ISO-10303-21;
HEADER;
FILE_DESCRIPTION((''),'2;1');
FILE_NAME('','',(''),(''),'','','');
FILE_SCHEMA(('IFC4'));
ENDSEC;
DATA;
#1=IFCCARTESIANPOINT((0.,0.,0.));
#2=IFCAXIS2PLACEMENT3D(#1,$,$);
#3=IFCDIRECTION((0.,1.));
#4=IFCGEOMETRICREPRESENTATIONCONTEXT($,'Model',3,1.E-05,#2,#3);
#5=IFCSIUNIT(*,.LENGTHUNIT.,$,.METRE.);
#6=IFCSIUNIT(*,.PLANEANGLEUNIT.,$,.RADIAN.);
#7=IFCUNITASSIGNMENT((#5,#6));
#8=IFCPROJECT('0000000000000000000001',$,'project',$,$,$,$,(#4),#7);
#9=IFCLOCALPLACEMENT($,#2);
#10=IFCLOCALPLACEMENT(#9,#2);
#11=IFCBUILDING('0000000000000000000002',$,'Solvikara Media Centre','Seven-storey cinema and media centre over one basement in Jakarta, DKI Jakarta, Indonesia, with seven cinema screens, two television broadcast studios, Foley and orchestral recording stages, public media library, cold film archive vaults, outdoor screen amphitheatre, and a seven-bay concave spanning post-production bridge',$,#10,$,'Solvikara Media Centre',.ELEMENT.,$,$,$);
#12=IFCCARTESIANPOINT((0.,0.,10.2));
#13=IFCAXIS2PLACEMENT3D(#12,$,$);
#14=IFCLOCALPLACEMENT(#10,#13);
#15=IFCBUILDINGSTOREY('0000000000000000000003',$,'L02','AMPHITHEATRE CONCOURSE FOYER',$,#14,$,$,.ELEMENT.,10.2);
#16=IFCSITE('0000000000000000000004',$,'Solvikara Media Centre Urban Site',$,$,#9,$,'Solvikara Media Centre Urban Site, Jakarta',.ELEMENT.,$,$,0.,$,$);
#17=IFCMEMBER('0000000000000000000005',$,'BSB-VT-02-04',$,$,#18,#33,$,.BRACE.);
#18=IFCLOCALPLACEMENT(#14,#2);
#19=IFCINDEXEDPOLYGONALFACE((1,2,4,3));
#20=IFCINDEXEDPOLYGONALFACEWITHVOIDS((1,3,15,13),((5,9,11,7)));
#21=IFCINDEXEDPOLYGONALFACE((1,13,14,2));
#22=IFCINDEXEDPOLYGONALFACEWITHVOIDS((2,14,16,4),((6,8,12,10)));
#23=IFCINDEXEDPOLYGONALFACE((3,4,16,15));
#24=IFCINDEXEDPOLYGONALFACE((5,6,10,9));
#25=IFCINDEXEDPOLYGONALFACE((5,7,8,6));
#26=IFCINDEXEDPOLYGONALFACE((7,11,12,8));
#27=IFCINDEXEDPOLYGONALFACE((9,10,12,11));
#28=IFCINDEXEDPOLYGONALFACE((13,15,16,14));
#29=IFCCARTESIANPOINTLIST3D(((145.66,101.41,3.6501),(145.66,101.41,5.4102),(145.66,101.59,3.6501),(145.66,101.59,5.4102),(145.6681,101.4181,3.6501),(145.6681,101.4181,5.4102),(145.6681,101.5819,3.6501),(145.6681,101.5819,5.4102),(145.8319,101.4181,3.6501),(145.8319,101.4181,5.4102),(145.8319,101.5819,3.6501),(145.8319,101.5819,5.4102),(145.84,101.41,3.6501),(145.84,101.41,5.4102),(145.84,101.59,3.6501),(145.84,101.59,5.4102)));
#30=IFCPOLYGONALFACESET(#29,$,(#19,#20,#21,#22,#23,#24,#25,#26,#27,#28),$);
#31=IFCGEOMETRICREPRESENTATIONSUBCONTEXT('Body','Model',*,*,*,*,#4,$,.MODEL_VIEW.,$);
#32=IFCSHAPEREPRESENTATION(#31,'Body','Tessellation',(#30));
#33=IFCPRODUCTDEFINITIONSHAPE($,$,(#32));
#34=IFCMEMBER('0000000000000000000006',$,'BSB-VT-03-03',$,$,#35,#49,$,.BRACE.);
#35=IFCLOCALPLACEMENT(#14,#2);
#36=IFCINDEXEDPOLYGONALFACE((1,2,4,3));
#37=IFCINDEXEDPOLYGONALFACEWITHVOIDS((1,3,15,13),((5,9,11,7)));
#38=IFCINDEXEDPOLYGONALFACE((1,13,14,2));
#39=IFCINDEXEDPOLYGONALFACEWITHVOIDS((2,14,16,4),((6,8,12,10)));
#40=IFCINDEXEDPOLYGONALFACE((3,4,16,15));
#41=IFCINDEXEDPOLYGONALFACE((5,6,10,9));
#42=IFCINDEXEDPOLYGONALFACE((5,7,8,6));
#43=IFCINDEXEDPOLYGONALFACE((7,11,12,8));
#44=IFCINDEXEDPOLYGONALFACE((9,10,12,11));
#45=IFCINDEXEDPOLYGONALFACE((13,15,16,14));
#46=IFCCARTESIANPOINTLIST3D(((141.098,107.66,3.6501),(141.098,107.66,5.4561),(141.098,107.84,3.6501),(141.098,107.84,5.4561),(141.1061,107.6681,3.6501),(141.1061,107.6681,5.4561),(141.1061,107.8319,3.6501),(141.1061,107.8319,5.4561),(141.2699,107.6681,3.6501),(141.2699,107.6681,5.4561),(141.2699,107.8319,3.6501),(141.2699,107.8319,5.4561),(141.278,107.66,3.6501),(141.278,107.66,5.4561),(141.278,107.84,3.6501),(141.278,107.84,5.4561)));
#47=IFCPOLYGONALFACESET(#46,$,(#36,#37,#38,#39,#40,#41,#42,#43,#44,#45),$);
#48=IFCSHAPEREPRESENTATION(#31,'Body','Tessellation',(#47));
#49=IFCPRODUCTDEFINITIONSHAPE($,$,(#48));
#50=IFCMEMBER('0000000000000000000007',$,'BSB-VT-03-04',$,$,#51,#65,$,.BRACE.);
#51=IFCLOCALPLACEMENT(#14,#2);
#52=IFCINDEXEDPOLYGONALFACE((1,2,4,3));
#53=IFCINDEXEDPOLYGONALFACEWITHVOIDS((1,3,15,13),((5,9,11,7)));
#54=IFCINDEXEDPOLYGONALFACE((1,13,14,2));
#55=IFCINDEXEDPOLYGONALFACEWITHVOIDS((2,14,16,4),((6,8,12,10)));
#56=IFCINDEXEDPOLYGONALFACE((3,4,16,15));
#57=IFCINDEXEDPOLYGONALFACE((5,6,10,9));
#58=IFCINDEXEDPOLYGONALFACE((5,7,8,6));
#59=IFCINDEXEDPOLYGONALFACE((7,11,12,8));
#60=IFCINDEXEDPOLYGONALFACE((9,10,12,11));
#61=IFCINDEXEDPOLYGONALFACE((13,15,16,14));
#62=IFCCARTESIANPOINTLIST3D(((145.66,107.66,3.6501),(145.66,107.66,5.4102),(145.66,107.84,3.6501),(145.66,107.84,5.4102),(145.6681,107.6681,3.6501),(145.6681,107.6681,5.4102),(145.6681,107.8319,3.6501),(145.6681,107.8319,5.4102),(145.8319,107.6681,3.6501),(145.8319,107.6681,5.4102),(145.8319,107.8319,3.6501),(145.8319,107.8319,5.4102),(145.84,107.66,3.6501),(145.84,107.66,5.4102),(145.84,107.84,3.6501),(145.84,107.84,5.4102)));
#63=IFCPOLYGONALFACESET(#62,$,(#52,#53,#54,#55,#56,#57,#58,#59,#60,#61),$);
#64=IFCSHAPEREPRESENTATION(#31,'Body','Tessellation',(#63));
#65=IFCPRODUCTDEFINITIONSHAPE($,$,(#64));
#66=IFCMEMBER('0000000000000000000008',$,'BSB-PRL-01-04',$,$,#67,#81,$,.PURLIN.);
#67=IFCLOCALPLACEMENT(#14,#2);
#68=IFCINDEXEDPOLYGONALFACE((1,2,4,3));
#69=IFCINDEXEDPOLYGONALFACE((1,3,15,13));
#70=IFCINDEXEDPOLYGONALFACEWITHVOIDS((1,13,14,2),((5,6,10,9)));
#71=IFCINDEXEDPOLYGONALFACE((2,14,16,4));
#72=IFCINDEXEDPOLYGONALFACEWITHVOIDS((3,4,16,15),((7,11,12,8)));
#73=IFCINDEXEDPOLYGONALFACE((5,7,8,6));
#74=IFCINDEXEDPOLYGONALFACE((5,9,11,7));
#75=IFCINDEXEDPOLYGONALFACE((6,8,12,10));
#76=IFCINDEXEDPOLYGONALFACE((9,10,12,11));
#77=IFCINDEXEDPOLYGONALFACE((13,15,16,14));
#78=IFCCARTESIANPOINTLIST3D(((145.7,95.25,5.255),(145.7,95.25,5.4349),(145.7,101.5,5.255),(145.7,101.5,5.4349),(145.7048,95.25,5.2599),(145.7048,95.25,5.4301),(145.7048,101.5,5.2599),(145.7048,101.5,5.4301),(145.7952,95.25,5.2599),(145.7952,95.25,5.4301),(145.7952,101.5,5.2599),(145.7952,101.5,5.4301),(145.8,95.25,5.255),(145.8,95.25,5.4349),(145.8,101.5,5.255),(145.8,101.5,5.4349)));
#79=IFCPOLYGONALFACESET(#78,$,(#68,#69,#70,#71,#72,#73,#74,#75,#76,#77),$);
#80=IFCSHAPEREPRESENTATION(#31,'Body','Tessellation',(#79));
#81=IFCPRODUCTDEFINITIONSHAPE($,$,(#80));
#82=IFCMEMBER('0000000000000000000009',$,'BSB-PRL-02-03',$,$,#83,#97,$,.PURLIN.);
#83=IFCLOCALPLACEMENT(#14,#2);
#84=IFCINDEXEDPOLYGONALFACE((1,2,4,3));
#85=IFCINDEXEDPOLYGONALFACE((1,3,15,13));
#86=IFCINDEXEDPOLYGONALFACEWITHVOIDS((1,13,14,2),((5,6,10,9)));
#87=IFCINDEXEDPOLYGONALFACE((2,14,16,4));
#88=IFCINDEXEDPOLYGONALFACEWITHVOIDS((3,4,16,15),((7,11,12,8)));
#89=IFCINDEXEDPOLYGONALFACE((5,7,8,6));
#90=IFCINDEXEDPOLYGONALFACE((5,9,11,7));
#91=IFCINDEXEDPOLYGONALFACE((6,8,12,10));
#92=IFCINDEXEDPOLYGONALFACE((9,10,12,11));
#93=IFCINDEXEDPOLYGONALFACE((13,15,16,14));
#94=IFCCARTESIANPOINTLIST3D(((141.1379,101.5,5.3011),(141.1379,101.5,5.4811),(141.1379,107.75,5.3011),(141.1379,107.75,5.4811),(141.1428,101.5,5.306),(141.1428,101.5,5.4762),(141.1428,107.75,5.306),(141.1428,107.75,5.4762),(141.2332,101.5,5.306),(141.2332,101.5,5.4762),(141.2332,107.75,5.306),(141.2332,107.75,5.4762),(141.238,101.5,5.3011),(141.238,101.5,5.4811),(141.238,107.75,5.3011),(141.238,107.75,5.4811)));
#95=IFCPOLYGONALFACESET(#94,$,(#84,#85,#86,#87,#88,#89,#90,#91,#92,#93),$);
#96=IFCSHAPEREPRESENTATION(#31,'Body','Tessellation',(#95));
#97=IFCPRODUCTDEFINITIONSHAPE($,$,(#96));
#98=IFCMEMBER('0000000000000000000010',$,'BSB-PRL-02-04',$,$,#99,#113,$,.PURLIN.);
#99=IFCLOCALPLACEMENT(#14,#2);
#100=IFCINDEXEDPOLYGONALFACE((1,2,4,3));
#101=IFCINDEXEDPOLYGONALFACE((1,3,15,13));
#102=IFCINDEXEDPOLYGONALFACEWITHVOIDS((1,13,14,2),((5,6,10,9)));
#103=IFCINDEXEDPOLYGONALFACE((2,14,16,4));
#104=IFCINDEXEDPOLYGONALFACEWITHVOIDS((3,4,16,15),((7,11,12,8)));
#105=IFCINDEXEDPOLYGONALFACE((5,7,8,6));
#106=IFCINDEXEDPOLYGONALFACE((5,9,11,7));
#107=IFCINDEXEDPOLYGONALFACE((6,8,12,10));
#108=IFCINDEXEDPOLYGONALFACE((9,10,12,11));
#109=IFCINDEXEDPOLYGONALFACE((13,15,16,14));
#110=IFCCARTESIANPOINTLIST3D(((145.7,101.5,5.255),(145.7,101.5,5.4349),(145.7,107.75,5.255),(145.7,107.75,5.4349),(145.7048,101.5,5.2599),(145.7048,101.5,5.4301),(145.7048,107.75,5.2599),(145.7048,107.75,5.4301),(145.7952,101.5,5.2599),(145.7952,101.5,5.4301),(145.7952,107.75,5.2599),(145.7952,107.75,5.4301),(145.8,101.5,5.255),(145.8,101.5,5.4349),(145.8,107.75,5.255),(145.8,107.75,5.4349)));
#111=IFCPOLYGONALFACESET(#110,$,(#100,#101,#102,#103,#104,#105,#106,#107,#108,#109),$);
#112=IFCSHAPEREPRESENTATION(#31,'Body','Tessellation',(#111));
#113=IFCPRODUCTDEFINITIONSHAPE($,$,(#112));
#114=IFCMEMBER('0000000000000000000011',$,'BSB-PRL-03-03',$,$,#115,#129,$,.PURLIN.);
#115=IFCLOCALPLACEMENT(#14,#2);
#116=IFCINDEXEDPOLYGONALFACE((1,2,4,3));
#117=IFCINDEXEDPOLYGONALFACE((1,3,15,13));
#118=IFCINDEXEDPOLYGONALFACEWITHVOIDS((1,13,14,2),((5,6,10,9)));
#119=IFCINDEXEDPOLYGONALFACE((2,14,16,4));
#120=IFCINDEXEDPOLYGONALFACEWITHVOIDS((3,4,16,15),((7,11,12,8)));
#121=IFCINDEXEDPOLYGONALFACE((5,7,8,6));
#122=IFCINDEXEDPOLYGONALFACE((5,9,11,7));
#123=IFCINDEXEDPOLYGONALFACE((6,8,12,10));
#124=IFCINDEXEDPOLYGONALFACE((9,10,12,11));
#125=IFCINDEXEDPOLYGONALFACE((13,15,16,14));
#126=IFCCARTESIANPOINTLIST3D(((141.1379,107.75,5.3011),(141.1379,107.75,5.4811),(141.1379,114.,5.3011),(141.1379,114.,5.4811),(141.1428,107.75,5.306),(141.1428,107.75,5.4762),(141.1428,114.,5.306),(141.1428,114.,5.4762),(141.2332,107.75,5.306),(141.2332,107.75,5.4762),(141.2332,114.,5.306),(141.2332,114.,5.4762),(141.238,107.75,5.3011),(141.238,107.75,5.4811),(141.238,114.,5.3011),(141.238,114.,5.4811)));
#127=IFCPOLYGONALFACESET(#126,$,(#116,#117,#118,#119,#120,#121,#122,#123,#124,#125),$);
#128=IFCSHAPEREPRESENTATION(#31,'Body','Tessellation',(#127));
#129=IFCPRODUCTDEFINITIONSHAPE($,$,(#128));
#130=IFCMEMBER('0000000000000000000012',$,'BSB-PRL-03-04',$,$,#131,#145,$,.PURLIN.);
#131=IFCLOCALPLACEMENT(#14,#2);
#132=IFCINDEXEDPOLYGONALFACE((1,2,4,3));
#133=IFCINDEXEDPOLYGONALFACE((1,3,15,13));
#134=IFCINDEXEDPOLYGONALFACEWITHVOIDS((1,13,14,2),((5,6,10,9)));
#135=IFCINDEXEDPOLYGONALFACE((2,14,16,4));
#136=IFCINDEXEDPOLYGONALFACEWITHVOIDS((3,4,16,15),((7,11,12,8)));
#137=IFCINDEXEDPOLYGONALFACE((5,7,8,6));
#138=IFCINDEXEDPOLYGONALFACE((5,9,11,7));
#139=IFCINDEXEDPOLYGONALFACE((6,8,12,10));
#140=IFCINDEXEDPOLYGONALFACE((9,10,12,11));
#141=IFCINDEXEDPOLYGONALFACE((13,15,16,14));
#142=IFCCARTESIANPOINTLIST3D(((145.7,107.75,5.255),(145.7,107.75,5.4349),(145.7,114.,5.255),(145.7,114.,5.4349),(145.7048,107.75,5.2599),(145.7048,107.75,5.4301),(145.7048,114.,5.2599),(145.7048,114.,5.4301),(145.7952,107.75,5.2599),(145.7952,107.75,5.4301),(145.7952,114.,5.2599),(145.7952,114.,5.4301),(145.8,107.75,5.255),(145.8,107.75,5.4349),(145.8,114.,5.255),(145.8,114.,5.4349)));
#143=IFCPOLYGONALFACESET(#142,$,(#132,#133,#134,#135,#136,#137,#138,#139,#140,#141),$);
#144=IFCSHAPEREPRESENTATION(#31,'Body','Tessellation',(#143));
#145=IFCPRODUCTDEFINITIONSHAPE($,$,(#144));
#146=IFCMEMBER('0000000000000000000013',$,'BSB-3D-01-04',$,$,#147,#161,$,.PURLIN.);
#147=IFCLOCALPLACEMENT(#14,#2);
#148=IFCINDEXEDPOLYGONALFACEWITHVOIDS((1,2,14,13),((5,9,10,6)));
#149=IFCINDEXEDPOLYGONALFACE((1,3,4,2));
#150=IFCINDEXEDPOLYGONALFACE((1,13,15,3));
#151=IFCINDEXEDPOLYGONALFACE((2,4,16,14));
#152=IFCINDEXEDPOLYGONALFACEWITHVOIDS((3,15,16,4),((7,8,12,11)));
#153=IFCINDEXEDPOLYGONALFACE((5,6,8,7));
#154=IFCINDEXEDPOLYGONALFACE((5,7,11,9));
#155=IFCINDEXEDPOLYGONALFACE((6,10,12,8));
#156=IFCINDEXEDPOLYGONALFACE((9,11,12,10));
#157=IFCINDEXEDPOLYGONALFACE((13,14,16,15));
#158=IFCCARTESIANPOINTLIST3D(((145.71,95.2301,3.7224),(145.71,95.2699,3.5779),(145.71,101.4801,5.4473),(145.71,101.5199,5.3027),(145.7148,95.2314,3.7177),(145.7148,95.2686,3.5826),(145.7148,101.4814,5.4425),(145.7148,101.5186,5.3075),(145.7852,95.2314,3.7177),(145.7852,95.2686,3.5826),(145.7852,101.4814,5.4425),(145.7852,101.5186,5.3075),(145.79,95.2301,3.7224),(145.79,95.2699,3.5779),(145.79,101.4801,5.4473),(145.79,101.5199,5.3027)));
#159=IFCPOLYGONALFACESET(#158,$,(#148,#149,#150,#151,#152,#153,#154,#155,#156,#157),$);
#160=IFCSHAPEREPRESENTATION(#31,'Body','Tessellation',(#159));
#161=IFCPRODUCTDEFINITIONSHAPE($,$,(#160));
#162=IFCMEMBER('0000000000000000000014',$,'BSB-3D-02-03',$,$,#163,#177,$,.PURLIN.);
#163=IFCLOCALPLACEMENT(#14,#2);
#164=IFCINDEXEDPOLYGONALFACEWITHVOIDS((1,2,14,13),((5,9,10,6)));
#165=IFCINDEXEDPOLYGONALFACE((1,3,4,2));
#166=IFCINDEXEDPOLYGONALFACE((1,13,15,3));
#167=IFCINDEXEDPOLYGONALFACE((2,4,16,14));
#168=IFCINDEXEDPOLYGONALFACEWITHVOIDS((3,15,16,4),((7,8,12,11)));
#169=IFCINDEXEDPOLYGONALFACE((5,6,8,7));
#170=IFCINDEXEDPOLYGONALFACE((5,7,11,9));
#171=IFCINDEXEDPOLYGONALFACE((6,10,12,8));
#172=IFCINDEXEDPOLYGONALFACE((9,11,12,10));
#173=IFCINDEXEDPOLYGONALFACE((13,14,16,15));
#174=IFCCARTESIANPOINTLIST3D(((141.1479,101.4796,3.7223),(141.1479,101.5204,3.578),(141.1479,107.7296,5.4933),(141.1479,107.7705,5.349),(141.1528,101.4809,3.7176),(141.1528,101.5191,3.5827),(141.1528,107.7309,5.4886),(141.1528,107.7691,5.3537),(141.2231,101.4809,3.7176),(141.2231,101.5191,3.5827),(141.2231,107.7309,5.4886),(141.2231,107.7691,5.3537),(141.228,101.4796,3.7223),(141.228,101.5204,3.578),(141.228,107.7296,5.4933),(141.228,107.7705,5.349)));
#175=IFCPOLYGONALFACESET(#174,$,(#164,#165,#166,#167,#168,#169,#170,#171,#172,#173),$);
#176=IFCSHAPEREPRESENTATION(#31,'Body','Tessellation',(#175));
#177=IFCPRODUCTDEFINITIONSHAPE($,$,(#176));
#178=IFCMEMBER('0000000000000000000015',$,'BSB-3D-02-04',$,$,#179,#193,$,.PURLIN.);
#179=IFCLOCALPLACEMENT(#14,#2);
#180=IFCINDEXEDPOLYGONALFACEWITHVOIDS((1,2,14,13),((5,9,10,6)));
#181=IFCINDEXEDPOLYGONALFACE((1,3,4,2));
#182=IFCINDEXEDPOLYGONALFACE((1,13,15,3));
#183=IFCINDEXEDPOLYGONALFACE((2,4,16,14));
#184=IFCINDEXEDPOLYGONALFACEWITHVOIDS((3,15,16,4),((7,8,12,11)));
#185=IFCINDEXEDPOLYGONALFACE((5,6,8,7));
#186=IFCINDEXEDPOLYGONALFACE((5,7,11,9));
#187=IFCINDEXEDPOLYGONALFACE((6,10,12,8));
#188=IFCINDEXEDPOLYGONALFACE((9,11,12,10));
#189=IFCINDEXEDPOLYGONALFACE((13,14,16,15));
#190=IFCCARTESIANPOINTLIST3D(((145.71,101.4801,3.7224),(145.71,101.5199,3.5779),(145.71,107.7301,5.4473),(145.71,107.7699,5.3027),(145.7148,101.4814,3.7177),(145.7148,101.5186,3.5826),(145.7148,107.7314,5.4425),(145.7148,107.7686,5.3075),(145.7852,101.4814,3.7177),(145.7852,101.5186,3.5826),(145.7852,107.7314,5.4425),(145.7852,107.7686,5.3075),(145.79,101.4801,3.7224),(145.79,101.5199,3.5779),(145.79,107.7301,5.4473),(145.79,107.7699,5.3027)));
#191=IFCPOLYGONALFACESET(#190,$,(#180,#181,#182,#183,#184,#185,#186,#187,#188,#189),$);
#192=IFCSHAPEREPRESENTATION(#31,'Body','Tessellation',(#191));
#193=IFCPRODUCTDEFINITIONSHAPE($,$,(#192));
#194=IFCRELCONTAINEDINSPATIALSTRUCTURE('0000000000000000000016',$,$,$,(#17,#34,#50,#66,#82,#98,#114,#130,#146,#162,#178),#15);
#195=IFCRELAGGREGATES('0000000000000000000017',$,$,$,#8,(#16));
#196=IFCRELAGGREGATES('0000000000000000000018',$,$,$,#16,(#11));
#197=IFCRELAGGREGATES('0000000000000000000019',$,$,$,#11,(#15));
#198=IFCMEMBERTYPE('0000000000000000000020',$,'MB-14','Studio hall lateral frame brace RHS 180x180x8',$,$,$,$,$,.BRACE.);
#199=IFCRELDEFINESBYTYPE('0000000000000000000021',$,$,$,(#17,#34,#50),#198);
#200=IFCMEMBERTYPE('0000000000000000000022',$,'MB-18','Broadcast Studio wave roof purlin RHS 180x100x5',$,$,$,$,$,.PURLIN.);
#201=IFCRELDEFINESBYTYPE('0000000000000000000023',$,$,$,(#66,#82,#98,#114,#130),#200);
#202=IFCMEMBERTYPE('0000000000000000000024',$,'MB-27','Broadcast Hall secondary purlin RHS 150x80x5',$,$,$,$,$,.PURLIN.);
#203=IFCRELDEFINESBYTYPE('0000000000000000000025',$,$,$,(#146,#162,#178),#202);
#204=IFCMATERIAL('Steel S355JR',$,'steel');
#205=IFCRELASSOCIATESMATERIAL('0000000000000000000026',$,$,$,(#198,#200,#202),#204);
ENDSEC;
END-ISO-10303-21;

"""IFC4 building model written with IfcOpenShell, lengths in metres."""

from ifc_helpers import new_model, si_unit, direction, frame, origin, origin_2d, place, context, subcontext, project, spatial, hollow_rectangle, extrude, material, material_profile, profile_set, type_object, element, save


model = new_model("IFC4")

# Units and contexts
model_context = context("Model", 3, precision=1e-05, world=origin(), true_north=direction((0.0, 1.0)))
body_context = subcontext(model_context, "Body", "Model", "MODEL_VIEW")
ifc_project = project(units=[si_unit("LENGTHUNIT", "METRE"), si_unit("PLANEANGLEUNIT", "RADIAN")], contexts=[model_context])

# Site, building, storey
site_placement = place(None, origin())
site = spatial("IfcSite", under=ifc_project, at=site_placement, Name="Solvikara Media Centre Urban Site", LongName="Solvikara Media Centre Urban Site, Jakarta", CompositionType="ELEMENT", RefElevation=0.0)
building_placement = place(site_placement, origin())
building = spatial("IfcBuilding", under=site, at=building_placement, Name="Solvikara Media Centre", Description="Seven-storey cinema and media centre over one basement in Jakarta, DKI Jakarta, Indonesia, with seven cinema screens, two television broadcast studios, Foley and orchestral recording stages, public media library, cold film archive vaults, outdoor screen amphitheatre, and a seven-bay concave spanning post-production bridge", LongName="Solvikara Media Centre", CompositionType="ELEMENT")
storey_placement = place(building_placement, frame((0.0, 0.0, 10.2)))
storey = spatial("IfcBuildingStorey", under=building, at=storey_placement, Name="L02", Description="AMPHITHEATRE CONCOURSE FOYER", CompositionType="ELEMENT", Elevation=10.2)

# Members
ifc_material_1 = material(Name="Steel S355JR", Category="steel")
ifc_material_profile_1 = material_profile(ifc_material_1, hollow_rectangle(XDim=0.1799, YDim=0.1799, WallThickness=0.0081, at=origin_2d()), Name="RHS 180x180x8")
ifc_profile_set_1 = profile_set([ifc_material_profile_1], Name="Steel S355JR")
member_type_1 = type_object("IfcMemberType", Name="MB-14", Description="Studio hall lateral frame brace RHS 180x180x8", PredefinedType="BRACE", material=ifc_profile_set_1)
member_1_placement = place(storey_placement, frame((145.75, 101.5, 3.6501), z_axis=(0.0, 0.0, 1.0), x_axis=(1.0, 0.0, 0.0)))
element("IfcMember", 1, at=member_1_placement, inside=storey, type_object=member_type_1, Name="BSB-VT-02-04", PredefinedType="BRACE", context=body_context, shape_type="SweptSolid", body=[
    extrude(hollow_rectangle(XDim=0.1799, YDim=0.1799, WallThickness=0.0081, at=origin_2d()), origin(), (0.0, 0.0, 1.0), 1.76),
])
member_2_placement = place(storey_placement, frame((141.188, 107.75, 3.6501), z_axis=(0.0, 0.0, 1.0), x_axis=(1.0, 0.0, 0.0)))
element("IfcMember", 2, at=member_2_placement, inside=storey, type_object=member_type_1, Name="BSB-VT-03-03", PredefinedType="BRACE", context=body_context, shape_type="SweptSolid", body=[
    extrude(hollow_rectangle(XDim=0.1799, YDim=0.1799, WallThickness=0.0081, at=origin_2d()), origin(), (0.0, 0.0, 1.0), 1.8059),
])
member_3_placement = place(storey_placement, frame((145.75, 107.75, 3.6501), z_axis=(0.0, 0.0, 1.0), x_axis=(1.0, 0.0, 0.0)))
element("IfcMember", 3, at=member_3_placement, inside=storey, type_object=member_type_1, Name="BSB-VT-03-04", PredefinedType="BRACE", context=body_context, shape_type="SweptSolid", body=[
    extrude(hollow_rectangle(XDim=0.1799, YDim=0.1799, WallThickness=0.0081, at=origin_2d()), origin(), (0.0, 0.0, 1.0), 1.76),
])
ifc_material_profile_2 = material_profile(ifc_material_1, hollow_rectangle(XDim=0.1001, YDim=0.1799, WallThickness=0.0049, at=origin_2d()), Name="RHS 180x100x5")
ifc_profile_set_2 = profile_set([ifc_material_profile_2], Name="Steel S355JR")
member_type_2 = type_object("IfcMemberType", Name="MB-18", Description="Broadcast Studio wave roof purlin RHS 180x100x5", PredefinedType="PURLIN", material=ifc_profile_set_2)
for number, where, z_axis, x_axis, name in (
    (4, (145.75, 95.25, 5.345), (0.0, 1.0, 0.0), (-1.0, 0.0, 0.0), "BSB-PRL-01-04"),
    (5, (141.188, 101.5, 5.3911), (0.0, 1.0, 0.0), (-1.0, 0.0, 0.0), "BSB-PRL-02-03"),
    (6, (145.75, 101.5, 5.345), (0.0, 1.0, 0.0), (-1.0, 0.0, 0.0), "BSB-PRL-02-04"),
    (7, (141.188, 107.75, 5.3911), (0.0, 1.0, 0.0), (-1.0, 0.0, 0.0), "BSB-PRL-03-03"),
    (8, (145.75, 107.75, 5.345), (0.0, 1.0, 0.0), (-1.0, 0.0, 0.0), "BSB-PRL-03-04"),
):
    element("IfcMember", number, at=place(storey_placement, frame(where, z_axis=z_axis, x_axis=x_axis)), inside=storey, type_object=member_type_2, Name=name, PredefinedType="PURLIN", context=body_context, shape_type="SweptSolid", body=[
        extrude(hollow_rectangle(XDim=0.1001, YDim=0.1799, WallThickness=0.0049, at=origin_2d()), origin(), (0.0, 0.0, 1.0), 6.25),
    ])
ifc_material_profile_3 = material_profile(ifc_material_1, hollow_rectangle(XDim=0.0801, YDim=0.1499, WallThickness=0.0049, at=origin_2d()), Name="RHS 150x80x5")
ifc_profile_set_3 = profile_set([ifc_material_profile_3], Name="Steel S355JR")
member_type_3 = type_object("IfcMemberType", Name="MB-27", Description="Broadcast Hall secondary purlin RHS 150x80x5", PredefinedType="PURLIN", material=ifc_profile_set_3)
member_4_placement = place(storey_placement, frame((145.75, 95.25, 3.6501), z_axis=(0.0, 0.963964, 0.266032), x_axis=(-1.0, 0.0, 0.0)))
element("IfcMember", 9, at=member_4_placement, inside=storey, type_object=member_type_3, Name="BSB-3D-01-04", PredefinedType="PURLIN", context=body_context, shape_type="SweptSolid", body=[
    extrude(hollow_rectangle(XDim=0.0801, YDim=0.1499, WallThickness=0.0049, at=origin_2d()), origin(), (0.0, 0.0, 1.0), 6.4836),
])
member_5_placement = place(storey_placement, frame((141.188, 101.5, 3.6501), z_axis=(0.0, 0.96212, 0.272626), x_axis=(-1.0, 0.0, 0.0)))
element("IfcMember", 10, at=member_5_placement, inside=storey, type_object=member_type_3, Name="BSB-3D-02-03", PredefinedType="PURLIN", context=body_context, shape_type="SweptSolid", body=[
    extrude(hollow_rectangle(XDim=0.0801, YDim=0.1499, WallThickness=0.0049, at=origin_2d()), origin(), (0.0, 0.0, 1.0), 6.4961),
])
member_6_placement = place(storey_placement, frame((145.75, 101.5, 3.6501), z_axis=(0.0, 0.963964, 0.266032), x_axis=(-1.0, 0.0, 0.0)))
element("IfcMember", 11, at=member_6_placement, inside=storey, type_object=member_type_3, Name="BSB-3D-02-04", PredefinedType="PURLIN", context=body_context, shape_type="SweptSolid", body=[
    extrude(hollow_rectangle(XDim=0.0801, YDim=0.1499, WallThickness=0.0049, at=origin_2d()), origin(), (0.0, 0.0, 1.0), 6.4836),
])

save(model, "model.ifc")
